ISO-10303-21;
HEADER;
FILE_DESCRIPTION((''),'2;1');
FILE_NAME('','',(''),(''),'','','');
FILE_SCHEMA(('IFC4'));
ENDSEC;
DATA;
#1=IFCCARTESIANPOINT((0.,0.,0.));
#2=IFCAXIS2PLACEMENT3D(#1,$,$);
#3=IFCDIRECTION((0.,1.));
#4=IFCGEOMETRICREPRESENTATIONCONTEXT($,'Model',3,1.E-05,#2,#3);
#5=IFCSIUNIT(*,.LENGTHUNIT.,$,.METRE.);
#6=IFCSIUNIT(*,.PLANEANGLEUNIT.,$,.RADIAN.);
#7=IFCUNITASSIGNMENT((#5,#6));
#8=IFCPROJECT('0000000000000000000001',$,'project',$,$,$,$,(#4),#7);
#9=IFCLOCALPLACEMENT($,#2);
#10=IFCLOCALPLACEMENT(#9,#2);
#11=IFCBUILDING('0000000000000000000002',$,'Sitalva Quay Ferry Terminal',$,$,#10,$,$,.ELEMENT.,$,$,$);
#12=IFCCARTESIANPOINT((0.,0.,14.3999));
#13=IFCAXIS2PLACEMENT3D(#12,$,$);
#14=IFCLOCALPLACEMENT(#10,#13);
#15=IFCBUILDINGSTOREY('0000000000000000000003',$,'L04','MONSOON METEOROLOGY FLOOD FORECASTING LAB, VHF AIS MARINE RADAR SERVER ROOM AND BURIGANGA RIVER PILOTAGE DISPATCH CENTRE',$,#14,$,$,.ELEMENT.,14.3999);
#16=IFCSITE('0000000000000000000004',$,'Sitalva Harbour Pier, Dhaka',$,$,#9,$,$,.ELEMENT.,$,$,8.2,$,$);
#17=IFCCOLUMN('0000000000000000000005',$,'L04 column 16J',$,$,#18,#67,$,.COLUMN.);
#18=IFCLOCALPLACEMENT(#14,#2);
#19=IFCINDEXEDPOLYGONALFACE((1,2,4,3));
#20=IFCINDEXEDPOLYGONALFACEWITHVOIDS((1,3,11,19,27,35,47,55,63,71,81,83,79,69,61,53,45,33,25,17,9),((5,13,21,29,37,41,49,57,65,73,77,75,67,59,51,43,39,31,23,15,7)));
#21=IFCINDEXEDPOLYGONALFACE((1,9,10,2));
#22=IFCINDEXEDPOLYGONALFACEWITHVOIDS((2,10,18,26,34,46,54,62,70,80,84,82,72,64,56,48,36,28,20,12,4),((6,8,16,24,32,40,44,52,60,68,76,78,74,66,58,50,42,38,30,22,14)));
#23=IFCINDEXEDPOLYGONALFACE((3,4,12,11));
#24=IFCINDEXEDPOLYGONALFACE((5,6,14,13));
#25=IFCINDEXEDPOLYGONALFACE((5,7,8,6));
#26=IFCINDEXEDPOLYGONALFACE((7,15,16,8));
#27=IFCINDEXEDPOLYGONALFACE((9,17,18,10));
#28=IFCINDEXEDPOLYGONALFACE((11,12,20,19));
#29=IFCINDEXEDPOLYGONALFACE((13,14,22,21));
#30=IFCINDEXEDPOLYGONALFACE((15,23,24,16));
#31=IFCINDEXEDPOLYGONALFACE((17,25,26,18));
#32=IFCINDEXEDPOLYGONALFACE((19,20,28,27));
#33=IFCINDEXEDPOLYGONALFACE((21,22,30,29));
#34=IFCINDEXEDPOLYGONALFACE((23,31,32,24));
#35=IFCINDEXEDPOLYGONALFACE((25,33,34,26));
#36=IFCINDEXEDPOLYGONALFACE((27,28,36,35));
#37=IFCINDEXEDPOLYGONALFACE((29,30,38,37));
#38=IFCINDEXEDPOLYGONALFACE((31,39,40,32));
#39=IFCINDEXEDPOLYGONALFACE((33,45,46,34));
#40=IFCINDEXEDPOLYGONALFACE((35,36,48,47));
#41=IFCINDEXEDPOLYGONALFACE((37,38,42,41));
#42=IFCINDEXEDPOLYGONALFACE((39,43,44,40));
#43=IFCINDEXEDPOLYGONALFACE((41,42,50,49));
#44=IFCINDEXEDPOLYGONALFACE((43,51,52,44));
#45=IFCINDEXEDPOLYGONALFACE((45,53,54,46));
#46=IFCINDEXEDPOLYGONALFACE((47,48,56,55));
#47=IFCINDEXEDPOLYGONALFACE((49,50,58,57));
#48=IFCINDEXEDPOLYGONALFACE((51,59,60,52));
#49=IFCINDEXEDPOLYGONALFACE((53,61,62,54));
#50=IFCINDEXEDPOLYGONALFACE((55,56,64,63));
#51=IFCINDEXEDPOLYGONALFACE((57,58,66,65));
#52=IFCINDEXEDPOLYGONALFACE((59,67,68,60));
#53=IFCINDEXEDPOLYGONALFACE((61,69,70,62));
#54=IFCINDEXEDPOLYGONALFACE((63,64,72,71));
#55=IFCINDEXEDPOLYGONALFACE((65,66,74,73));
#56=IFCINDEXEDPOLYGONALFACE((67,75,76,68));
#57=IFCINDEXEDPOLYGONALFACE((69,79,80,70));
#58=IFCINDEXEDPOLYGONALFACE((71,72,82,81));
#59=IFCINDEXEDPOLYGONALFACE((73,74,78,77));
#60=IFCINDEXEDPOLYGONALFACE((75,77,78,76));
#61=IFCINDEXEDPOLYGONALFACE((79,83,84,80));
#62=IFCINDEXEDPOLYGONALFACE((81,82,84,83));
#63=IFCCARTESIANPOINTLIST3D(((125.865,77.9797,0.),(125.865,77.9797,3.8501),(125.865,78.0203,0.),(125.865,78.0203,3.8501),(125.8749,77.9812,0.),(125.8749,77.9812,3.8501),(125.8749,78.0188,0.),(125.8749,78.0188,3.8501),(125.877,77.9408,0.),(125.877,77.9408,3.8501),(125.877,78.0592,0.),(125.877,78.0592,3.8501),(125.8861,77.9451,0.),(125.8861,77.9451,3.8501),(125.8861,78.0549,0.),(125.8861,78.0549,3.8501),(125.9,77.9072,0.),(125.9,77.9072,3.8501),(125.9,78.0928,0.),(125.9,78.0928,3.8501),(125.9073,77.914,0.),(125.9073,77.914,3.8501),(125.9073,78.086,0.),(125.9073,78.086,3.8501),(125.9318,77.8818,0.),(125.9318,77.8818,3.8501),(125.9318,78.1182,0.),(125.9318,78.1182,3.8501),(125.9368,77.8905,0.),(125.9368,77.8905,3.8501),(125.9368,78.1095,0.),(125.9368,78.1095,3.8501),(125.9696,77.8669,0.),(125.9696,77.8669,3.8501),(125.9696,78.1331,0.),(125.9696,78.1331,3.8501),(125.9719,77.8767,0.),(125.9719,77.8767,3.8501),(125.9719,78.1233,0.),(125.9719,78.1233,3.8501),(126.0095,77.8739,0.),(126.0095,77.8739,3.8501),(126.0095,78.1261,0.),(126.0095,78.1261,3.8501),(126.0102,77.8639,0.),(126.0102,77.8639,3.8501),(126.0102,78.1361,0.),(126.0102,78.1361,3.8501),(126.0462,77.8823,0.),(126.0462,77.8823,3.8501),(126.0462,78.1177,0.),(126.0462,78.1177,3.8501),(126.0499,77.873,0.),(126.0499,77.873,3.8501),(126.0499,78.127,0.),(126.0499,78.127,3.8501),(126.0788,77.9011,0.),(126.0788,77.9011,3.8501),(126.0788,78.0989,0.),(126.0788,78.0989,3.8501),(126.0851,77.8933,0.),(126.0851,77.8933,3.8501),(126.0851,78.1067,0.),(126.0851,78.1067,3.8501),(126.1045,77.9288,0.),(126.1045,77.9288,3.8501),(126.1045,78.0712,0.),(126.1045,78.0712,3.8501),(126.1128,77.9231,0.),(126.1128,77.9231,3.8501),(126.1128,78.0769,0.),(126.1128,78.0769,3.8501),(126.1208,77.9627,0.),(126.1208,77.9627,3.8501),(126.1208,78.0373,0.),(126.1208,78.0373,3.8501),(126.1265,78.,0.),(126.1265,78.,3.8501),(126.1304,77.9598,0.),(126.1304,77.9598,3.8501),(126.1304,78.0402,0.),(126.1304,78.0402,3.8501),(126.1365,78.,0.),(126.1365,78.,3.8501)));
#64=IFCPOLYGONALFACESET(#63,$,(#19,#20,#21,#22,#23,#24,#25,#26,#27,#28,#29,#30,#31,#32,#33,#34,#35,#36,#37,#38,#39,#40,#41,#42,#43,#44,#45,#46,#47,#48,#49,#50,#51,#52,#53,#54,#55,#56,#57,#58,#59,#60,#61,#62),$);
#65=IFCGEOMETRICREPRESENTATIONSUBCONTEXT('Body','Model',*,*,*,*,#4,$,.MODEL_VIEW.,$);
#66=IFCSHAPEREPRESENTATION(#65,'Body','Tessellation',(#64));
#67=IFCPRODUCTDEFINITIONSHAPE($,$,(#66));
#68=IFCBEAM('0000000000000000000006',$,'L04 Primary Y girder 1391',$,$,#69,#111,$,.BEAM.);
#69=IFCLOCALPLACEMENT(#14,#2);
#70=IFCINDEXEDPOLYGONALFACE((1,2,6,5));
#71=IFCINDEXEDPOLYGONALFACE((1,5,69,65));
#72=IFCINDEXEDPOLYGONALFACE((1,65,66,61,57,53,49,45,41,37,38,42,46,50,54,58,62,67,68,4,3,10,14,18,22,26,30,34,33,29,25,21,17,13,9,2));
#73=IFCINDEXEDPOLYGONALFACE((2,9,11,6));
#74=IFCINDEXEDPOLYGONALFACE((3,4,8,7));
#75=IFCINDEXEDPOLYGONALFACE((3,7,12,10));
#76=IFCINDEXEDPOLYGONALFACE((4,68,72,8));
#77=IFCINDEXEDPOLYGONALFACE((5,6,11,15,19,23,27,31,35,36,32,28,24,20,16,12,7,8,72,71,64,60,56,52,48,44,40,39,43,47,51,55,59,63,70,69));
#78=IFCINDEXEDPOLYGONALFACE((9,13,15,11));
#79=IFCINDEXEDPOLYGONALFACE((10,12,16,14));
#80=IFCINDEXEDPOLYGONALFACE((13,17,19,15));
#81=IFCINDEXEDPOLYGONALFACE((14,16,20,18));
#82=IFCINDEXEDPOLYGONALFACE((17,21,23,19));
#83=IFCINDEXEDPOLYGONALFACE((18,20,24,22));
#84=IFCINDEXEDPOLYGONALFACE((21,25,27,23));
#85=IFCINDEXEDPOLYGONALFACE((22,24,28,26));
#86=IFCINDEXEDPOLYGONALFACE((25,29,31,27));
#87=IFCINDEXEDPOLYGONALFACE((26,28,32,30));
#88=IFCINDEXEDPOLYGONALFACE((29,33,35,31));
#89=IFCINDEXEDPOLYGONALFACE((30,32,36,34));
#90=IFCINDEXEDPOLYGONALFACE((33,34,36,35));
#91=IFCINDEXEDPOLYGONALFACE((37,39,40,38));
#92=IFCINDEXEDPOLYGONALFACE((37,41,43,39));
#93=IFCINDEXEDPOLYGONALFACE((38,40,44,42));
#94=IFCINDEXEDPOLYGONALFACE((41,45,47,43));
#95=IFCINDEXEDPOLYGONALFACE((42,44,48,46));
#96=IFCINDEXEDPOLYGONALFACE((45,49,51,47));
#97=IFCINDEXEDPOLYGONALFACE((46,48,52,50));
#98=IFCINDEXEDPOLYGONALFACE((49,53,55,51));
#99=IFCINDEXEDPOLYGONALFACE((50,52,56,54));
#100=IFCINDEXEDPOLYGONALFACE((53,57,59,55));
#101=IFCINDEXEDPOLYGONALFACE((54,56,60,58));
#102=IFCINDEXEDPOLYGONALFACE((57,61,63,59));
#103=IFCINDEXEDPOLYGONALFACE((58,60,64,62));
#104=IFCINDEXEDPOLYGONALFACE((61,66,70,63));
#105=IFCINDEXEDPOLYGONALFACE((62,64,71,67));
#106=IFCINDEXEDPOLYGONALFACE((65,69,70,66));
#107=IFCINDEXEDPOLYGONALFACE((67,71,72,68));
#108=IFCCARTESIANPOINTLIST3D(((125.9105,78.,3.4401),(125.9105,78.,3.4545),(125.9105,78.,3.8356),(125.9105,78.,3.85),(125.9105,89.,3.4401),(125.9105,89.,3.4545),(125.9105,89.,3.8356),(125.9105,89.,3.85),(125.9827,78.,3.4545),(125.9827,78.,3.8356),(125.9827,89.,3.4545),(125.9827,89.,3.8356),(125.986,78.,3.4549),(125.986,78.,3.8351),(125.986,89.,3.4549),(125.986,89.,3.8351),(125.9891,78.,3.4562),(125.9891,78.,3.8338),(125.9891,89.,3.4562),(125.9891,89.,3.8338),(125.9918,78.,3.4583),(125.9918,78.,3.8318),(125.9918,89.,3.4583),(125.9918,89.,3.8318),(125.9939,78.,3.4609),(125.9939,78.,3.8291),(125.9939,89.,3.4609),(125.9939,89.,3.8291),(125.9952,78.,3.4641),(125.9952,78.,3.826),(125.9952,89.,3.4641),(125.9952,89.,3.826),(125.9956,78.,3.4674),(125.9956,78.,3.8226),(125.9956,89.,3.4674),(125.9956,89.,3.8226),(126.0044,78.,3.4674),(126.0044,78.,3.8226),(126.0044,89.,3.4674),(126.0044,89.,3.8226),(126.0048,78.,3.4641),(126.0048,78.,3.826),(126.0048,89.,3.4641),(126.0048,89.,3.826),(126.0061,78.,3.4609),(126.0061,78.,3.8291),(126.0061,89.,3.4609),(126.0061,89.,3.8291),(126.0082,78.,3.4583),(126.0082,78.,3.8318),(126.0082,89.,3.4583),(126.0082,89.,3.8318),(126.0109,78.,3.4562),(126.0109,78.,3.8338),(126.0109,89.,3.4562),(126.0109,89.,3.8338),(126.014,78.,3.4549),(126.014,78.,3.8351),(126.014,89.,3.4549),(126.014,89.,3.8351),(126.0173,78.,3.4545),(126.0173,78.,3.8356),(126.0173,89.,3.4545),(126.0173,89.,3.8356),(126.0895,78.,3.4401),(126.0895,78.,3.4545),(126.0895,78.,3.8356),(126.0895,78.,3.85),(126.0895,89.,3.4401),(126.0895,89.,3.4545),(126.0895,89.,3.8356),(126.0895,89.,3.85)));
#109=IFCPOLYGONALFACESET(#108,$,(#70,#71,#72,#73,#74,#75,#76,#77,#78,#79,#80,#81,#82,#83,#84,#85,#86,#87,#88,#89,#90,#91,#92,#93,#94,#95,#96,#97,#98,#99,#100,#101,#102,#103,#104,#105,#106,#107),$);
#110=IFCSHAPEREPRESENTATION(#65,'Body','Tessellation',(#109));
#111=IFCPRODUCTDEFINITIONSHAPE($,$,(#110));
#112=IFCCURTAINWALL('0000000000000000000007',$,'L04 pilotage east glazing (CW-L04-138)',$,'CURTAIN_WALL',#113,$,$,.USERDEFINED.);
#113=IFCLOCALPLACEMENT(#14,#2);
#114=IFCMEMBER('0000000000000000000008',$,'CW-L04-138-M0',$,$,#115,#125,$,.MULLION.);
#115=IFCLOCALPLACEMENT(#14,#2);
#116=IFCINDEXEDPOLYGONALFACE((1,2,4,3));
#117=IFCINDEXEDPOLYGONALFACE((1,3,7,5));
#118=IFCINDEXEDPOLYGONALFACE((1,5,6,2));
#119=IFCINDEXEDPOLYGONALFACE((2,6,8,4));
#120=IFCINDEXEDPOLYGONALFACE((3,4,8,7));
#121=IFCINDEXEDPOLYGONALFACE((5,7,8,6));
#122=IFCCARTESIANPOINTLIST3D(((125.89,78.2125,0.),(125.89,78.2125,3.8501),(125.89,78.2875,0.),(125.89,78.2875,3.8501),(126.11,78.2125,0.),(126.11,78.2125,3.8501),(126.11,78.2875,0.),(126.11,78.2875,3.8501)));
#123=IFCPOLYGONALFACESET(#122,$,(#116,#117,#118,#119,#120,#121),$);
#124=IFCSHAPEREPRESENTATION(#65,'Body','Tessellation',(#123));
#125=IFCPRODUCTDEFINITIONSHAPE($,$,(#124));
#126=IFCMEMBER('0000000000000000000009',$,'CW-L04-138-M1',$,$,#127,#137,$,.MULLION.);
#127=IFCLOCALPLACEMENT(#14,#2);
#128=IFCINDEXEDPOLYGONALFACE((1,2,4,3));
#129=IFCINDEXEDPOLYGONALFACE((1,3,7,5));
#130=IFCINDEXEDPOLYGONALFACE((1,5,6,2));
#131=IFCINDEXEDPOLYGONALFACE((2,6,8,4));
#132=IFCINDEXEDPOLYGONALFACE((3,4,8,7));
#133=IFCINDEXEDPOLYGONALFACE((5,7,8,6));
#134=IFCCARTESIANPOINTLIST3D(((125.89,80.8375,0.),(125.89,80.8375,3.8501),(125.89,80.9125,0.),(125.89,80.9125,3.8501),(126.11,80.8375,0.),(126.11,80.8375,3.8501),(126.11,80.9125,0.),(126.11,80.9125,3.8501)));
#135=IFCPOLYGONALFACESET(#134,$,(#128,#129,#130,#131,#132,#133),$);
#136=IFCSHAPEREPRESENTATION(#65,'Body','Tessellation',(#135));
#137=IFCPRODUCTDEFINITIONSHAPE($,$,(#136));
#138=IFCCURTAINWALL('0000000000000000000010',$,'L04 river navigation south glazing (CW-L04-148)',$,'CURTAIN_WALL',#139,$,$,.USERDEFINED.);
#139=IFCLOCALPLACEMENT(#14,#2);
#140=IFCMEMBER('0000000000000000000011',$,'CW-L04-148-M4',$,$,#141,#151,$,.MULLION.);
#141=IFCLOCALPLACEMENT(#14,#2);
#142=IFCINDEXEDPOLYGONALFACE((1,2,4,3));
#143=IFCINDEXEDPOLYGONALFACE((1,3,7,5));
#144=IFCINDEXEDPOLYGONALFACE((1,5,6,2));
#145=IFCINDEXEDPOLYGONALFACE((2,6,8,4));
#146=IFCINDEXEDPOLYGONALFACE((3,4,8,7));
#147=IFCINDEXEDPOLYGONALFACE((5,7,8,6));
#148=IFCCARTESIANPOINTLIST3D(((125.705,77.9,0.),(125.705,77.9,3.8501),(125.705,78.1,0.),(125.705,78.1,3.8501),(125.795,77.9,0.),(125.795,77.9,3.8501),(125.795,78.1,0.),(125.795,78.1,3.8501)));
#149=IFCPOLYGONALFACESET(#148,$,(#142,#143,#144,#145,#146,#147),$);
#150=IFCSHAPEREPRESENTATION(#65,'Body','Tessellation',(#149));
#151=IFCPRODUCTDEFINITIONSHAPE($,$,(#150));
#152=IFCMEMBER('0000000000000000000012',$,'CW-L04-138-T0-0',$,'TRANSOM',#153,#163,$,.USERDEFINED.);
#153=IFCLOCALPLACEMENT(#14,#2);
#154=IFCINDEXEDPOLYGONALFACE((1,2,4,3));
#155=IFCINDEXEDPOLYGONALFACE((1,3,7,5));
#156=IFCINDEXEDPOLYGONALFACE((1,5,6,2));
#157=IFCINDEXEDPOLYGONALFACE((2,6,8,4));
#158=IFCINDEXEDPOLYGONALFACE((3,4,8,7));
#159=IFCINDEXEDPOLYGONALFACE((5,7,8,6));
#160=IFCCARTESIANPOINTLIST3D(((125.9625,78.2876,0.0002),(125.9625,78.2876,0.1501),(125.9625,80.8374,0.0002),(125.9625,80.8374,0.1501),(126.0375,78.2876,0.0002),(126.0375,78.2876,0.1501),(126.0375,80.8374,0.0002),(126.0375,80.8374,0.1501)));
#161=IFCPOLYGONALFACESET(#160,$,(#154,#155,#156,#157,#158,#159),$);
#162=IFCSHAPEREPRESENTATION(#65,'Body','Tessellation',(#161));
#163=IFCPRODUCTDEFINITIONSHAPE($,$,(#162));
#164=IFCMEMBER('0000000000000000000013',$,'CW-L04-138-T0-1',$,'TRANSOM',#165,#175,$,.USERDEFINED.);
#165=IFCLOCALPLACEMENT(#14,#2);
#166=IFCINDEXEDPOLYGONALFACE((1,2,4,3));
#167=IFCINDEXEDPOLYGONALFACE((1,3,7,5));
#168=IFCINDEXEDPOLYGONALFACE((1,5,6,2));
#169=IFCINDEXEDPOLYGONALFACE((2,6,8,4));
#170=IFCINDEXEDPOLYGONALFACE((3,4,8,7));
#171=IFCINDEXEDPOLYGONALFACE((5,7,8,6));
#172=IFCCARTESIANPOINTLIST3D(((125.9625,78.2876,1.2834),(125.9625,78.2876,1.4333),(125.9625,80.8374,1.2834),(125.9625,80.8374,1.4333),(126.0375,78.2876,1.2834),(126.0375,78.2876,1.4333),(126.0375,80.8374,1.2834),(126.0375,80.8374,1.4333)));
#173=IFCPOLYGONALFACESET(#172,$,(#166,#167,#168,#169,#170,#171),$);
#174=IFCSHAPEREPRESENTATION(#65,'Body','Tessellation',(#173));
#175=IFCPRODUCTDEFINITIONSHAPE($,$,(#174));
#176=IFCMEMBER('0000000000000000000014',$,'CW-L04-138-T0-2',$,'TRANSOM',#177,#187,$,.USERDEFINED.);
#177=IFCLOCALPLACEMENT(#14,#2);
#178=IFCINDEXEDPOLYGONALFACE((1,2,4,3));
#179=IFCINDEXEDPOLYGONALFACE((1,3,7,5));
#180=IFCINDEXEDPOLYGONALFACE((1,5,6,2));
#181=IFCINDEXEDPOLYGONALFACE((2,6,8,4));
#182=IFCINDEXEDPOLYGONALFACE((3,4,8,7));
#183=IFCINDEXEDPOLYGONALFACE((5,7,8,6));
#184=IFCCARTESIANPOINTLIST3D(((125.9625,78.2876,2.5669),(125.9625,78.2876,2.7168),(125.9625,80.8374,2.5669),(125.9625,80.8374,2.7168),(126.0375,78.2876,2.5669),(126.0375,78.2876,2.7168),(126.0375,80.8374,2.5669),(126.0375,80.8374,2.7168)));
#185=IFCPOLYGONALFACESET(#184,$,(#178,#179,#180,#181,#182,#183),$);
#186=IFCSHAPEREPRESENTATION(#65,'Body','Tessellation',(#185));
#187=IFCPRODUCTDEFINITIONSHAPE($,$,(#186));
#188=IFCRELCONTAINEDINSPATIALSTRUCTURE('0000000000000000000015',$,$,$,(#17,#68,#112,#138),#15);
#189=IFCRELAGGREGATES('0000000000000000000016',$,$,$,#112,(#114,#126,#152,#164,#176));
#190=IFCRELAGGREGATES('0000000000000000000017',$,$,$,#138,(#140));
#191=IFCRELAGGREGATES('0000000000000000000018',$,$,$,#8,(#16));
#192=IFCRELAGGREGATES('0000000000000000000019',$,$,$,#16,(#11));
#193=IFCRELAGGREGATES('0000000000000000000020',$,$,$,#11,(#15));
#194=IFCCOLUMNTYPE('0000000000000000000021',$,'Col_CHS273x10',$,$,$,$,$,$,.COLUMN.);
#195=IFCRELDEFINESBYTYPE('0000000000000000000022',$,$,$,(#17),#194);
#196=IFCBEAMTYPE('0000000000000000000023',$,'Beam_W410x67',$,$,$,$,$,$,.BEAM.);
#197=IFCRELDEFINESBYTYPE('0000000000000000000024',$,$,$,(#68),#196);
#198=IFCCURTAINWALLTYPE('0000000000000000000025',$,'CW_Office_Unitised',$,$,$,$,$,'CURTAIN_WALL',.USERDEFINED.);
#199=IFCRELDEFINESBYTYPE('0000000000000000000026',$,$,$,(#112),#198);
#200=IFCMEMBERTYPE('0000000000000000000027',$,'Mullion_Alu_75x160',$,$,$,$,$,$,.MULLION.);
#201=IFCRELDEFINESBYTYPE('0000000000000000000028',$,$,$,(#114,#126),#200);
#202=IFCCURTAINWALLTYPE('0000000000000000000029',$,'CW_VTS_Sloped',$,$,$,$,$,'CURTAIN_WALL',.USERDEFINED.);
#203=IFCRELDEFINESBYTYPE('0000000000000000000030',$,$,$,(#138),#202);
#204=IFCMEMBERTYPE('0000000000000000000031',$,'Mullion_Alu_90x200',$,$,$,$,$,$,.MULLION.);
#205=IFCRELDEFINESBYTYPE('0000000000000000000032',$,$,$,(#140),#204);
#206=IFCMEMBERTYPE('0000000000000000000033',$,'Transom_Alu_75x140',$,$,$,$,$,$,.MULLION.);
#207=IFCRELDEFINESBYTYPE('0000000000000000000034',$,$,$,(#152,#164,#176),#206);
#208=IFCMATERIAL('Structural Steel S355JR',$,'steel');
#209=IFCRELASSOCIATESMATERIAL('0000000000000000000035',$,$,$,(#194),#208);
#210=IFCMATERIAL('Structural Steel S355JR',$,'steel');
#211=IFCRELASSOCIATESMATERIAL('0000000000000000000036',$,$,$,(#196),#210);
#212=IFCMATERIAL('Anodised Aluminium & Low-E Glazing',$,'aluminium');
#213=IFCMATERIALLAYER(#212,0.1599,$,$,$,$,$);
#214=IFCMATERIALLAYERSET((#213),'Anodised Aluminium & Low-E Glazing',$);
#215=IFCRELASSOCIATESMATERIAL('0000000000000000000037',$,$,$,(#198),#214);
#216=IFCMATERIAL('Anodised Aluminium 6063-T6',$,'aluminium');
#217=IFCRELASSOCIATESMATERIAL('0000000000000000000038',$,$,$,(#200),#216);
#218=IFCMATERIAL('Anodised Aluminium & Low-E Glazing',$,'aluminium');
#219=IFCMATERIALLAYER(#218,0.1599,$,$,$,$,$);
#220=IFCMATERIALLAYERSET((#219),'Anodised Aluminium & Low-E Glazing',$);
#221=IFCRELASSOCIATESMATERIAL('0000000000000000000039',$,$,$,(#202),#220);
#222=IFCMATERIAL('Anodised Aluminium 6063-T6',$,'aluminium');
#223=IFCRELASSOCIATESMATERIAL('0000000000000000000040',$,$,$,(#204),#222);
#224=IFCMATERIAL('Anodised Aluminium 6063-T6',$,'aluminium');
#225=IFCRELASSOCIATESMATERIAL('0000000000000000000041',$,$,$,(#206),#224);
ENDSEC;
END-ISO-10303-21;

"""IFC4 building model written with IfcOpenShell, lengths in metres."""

from ifc_helpers import new_model, si_unit, direction, frame, origin, origin_2d, place, context, subcontext, project, spatial, rectangle, hollow_circle, i_section, extrude, material, layer, layer_set, material_profile, profile_set, type_object, element, aggregate, save


model = new_model("IFC4")

# Units and contexts
model_context = context("Model", 3, precision=1e-05, world=origin(), true_north=direction((0.0, 1.0)))
body_context = subcontext(model_context, "Body", "Model", "MODEL_VIEW")
ifc_project = project(units=[si_unit("LENGTHUNIT", "METRE"), si_unit("PLANEANGLEUNIT", "RADIAN")], contexts=[model_context])

# Site, building, storey
site_placement = place(None, origin())
site = spatial("IfcSite", under=ifc_project, at=site_placement, Name="Sitalva Harbour Pier, Dhaka", CompositionType="ELEMENT", RefElevation=8.2)
building_placement = place(site_placement, origin())
building = spatial("IfcBuilding", under=site, at=building_placement, Name="Sitalva Quay Ferry Terminal", CompositionType="ELEMENT")
storey_placement = place(building_placement, frame((0.0, 0.0, 14.3999)))
storey = spatial("IfcBuildingStorey", under=building, at=storey_placement, Name="L04", Description="MONSOON METEOROLOGY FLOOD FORECASTING LAB, VHF AIS MARINE RADAR SERVER ROOM AND BURIGANGA RIVER PILOTAGE DISPATCH CENTRE", CompositionType="ELEMENT", Elevation=14.3999)

# Column
ifc_material_1 = material(Name="Structural Steel S355JR", Category="steel")
ifc_material_profile_1 = material_profile(ifc_material_1, hollow_circle(Radius=0.1365, WallThickness=0.01, at=origin_2d()), Name="CHS273x10")
ifc_profile_set_1 = profile_set([ifc_material_profile_1], Name="Structural Steel S355JR")
column_type = type_object("IfcColumnType", Name="Col_CHS273x10", PredefinedType="COLUMN", material=ifc_profile_set_1)
column_placement = place(storey_placement, frame((126.0, 78.0, 0.0), z_axis=(0.0, 0.0, 1.0), x_axis=(1.0, 0.0, 0.0)))
element("IfcColumn", 1, at=column_placement, inside=storey, type_object=column_type, Name="L04 column 16J", PredefinedType="COLUMN", context=body_context, shape_type="SweptSolid", body=[
    extrude(hollow_circle(Radius=0.1365, WallThickness=0.01, at=origin_2d()), origin(), (0.0, 0.0, 1.0), 3.8501),
])

# Beam
ifc_material_2 = material(Name="Structural Steel S355JR", Category="steel")
ifc_material_profile_2 = material_profile(ifc_material_2, i_section(OverallWidth=0.179, OverallDepth=0.4099, WebThickness=0.0088, FlangeThickness=0.0144, FilletRadius=0.0129, at=origin_2d()), Name="W410x67")
ifc_profile_set_2 = profile_set([ifc_material_profile_2], Name="Structural Steel S355JR")
beam_type = type_object("IfcBeamType", Name="Beam_W410x67", PredefinedType="BEAM", material=ifc_profile_set_2)
beam_placement = place(storey_placement, frame((126.0, 78.0, 3.645), z_axis=(0.0, 1.0, 0.0), x_axis=(-1.0, 0.0, 0.0)))
element("IfcBeam", 2, at=beam_placement, inside=storey, type_object=beam_type, Name="L04 Primary Y girder 1391", PredefinedType="BEAM", context=body_context, shape_type="SweptSolid", body=[
    extrude(i_section(OverallWidth=0.179, OverallDepth=0.4099, WebThickness=0.0088, FlangeThickness=0.0144, FilletRadius=0.0129, at=origin_2d()), origin(), (0.0, 0.0, 1.0), 11.0),
])

# Curtain wall, members
ifc_material_3 = material(Name="Anodised Aluminium & Low-E Glazing", Category="aluminium")
ifc_layer_1 = layer(ifc_material_3, 0.1599)
ifc_layer_set_1 = layer_set([ifc_layer_1], Name="Anodised Aluminium & Low-E Glazing")
curtain_wall_type_1 = type_object("IfcCurtainWallType", Name="CW_Office_Unitised", ElementType="CURTAIN_WALL", PredefinedType="USERDEFINED", material=ifc_layer_set_1)
curtain_wall_1_placement = place(storey_placement, origin())
curtain_wall_1 = element("IfcCurtainWall", 3, at=curtain_wall_1_placement, inside=storey, type_object=curtain_wall_type_1, Name="L04 pilotage east glazing (CW-L04-138)", ObjectType="CURTAIN_WALL", PredefinedType="USERDEFINED")
ifc_material_4 = material(Name="Anodised Aluminium 6063-T6", Category="aluminium")
ifc_material_profile_3 = material_profile(ifc_material_4, rectangle(XDim=0.075, YDim=0.22, at=origin_2d()), Name="ALU75x220")
ifc_profile_set_3 = profile_set([ifc_material_profile_3], Name="Anodised Aluminium 6063-T6")
member_type_1 = type_object("IfcMemberType", Name="Mullion_Alu_75x160", PredefinedType="MULLION", material=ifc_profile_set_3)
member_1_placement = place(storey_placement, frame((126.0, 78.25, 0.0), z_axis=(0.0, 0.0, 1.0), x_axis=(0.0, 1.0, 0.0)))
member_1 = element("IfcMember", 4, at=member_1_placement, type_object=member_type_1, Name="CW-L04-138-M0", PredefinedType="MULLION", context=body_context, shape_type="SweptSolid", body=[
    extrude(rectangle(XDim=0.075, YDim=0.22, at=origin_2d()), origin(), (0.0, 0.0, 1.0), 3.8501),
])
member_2_placement = place(storey_placement, frame((126.0, 80.875, 0.0), z_axis=(0.0, 0.0, 1.0), x_axis=(0.0, 1.0, 0.0)))
member_2 = element("IfcMember", 5, at=member_2_placement, type_object=member_type_1, Name="CW-L04-138-M1", PredefinedType="MULLION", context=body_context, shape_type="SweptSolid", body=[
    extrude(rectangle(XDim=0.075, YDim=0.22, at=origin_2d()), origin(), (0.0, 0.0, 1.0), 3.8501),
])

# Curtain wall, member
ifc_material_5 = material(Name="Anodised Aluminium & Low-E Glazing", Category="aluminium")
ifc_layer_2 = layer(ifc_material_5, 0.1599)
ifc_layer_set_2 = layer_set([ifc_layer_2], Name="Anodised Aluminium & Low-E Glazing")
curtain_wall_type_2 = type_object("IfcCurtainWallType", Name="CW_VTS_Sloped", ElementType="CURTAIN_WALL", PredefinedType="USERDEFINED", material=ifc_layer_set_2)
curtain_wall_2_placement = place(storey_placement, origin())
curtain_wall_2 = element("IfcCurtainWall", 6, at=curtain_wall_2_placement, inside=storey, type_object=curtain_wall_type_2, Name="L04 river navigation south glazing (CW-L04-148)", ObjectType="CURTAIN_WALL", PredefinedType="USERDEFINED")
ifc_material_6 = material(Name="Anodised Aluminium 6063-T6", Category="aluminium")
ifc_material_profile_4 = material_profile(ifc_material_6, rectangle(XDim=0.0901, YDim=0.2, at=origin_2d()), Name="ALU90x200")
ifc_profile_set_4 = profile_set([ifc_material_profile_4], Name="Anodised Aluminium 6063-T6")
member_type_2 = type_object("IfcMemberType", Name="Mullion_Alu_90x200", PredefinedType="MULLION", material=ifc_profile_set_4)
member_3_placement = place(storey_placement, frame((125.75, 78.0, 0.0), z_axis=(0.0, 0.0, 1.0), x_axis=(1.0, 0.0, 0.0)))
member_3 = element("IfcMember", 7, at=member_3_placement, type_object=member_type_2, Name="CW-L04-148-M4", PredefinedType="MULLION", context=body_context, shape_type="SweptSolid", body=[
    extrude(rectangle(XDim=0.0901, YDim=0.2, at=origin_2d()), origin(), (0.0, 0.0, 1.0), 3.8501),
])

# Members
ifc_material_7 = material(Name="Anodised Aluminium 6063-T6", Category="aluminium")
ifc_material_profile_5 = material_profile(ifc_material_7, rectangle(XDim=0.075, YDim=0.1499, at=origin_2d()), Name="ALU75x150")
ifc_profile_set_5 = profile_set([ifc_material_profile_5], Name="Anodised Aluminium 6063-T6")
member_type_3 = type_object("IfcMemberType", Name="Transom_Alu_75x140", PredefinedType="MULLION", material=ifc_profile_set_5)
member_4_placement = place(storey_placement, frame((126.0, 78.2876, 0.0752), z_axis=(0.0, 1.0, 0.0), x_axis=(-1.0, 0.0, 0.0)))
member_4 = element("IfcMember", 8, at=member_4_placement, type_object=member_type_3, Name="CW-L04-138-T0-0", ObjectType="TRANSOM", PredefinedType="USERDEFINED", context=body_context, shape_type="SweptSolid", body=[
    extrude(rectangle(XDim=0.075, YDim=0.1499, at=origin_2d()), origin(), (0.0, 0.0, 1.0), 2.5498),
])
member_5_placement = place(storey_placement, frame((126.0, 78.2876, 1.3584), z_axis=(0.0, 1.0, 0.0), x_axis=(-1.0, 0.0, 0.0)))
member_5 = element("IfcMember", 9, at=member_5_placement, type_object=member_type_3, Name="CW-L04-138-T0-1", ObjectType="TRANSOM", PredefinedType="USERDEFINED", context=body_context, shape_type="SweptSolid", body=[
    extrude(rectangle(XDim=0.075, YDim=0.1499, at=origin_2d()), origin(), (0.0, 0.0, 1.0), 2.5498),
])
member_6_placement = place(storey_placement, frame((126.0, 78.2876, 2.6418), z_axis=(0.0, 1.0, 0.0), x_axis=(-1.0, 0.0, 0.0)))
member_6 = element("IfcMember", 10, at=member_6_placement, type_object=member_type_3, Name="CW-L04-138-T0-2", ObjectType="TRANSOM", PredefinedType="USERDEFINED", context=body_context, shape_type="SweptSolid", body=[
    extrude(rectangle(XDim=0.075, YDim=0.1499, at=origin_2d()), origin(), (0.0, 0.0, 1.0), 2.5498),
])

aggregate(curtain_wall_1, [member_1, member_2, member_4, member_5, member_6])
aggregate(curtain_wall_2, [member_3])

save(model, "model.ifc")
